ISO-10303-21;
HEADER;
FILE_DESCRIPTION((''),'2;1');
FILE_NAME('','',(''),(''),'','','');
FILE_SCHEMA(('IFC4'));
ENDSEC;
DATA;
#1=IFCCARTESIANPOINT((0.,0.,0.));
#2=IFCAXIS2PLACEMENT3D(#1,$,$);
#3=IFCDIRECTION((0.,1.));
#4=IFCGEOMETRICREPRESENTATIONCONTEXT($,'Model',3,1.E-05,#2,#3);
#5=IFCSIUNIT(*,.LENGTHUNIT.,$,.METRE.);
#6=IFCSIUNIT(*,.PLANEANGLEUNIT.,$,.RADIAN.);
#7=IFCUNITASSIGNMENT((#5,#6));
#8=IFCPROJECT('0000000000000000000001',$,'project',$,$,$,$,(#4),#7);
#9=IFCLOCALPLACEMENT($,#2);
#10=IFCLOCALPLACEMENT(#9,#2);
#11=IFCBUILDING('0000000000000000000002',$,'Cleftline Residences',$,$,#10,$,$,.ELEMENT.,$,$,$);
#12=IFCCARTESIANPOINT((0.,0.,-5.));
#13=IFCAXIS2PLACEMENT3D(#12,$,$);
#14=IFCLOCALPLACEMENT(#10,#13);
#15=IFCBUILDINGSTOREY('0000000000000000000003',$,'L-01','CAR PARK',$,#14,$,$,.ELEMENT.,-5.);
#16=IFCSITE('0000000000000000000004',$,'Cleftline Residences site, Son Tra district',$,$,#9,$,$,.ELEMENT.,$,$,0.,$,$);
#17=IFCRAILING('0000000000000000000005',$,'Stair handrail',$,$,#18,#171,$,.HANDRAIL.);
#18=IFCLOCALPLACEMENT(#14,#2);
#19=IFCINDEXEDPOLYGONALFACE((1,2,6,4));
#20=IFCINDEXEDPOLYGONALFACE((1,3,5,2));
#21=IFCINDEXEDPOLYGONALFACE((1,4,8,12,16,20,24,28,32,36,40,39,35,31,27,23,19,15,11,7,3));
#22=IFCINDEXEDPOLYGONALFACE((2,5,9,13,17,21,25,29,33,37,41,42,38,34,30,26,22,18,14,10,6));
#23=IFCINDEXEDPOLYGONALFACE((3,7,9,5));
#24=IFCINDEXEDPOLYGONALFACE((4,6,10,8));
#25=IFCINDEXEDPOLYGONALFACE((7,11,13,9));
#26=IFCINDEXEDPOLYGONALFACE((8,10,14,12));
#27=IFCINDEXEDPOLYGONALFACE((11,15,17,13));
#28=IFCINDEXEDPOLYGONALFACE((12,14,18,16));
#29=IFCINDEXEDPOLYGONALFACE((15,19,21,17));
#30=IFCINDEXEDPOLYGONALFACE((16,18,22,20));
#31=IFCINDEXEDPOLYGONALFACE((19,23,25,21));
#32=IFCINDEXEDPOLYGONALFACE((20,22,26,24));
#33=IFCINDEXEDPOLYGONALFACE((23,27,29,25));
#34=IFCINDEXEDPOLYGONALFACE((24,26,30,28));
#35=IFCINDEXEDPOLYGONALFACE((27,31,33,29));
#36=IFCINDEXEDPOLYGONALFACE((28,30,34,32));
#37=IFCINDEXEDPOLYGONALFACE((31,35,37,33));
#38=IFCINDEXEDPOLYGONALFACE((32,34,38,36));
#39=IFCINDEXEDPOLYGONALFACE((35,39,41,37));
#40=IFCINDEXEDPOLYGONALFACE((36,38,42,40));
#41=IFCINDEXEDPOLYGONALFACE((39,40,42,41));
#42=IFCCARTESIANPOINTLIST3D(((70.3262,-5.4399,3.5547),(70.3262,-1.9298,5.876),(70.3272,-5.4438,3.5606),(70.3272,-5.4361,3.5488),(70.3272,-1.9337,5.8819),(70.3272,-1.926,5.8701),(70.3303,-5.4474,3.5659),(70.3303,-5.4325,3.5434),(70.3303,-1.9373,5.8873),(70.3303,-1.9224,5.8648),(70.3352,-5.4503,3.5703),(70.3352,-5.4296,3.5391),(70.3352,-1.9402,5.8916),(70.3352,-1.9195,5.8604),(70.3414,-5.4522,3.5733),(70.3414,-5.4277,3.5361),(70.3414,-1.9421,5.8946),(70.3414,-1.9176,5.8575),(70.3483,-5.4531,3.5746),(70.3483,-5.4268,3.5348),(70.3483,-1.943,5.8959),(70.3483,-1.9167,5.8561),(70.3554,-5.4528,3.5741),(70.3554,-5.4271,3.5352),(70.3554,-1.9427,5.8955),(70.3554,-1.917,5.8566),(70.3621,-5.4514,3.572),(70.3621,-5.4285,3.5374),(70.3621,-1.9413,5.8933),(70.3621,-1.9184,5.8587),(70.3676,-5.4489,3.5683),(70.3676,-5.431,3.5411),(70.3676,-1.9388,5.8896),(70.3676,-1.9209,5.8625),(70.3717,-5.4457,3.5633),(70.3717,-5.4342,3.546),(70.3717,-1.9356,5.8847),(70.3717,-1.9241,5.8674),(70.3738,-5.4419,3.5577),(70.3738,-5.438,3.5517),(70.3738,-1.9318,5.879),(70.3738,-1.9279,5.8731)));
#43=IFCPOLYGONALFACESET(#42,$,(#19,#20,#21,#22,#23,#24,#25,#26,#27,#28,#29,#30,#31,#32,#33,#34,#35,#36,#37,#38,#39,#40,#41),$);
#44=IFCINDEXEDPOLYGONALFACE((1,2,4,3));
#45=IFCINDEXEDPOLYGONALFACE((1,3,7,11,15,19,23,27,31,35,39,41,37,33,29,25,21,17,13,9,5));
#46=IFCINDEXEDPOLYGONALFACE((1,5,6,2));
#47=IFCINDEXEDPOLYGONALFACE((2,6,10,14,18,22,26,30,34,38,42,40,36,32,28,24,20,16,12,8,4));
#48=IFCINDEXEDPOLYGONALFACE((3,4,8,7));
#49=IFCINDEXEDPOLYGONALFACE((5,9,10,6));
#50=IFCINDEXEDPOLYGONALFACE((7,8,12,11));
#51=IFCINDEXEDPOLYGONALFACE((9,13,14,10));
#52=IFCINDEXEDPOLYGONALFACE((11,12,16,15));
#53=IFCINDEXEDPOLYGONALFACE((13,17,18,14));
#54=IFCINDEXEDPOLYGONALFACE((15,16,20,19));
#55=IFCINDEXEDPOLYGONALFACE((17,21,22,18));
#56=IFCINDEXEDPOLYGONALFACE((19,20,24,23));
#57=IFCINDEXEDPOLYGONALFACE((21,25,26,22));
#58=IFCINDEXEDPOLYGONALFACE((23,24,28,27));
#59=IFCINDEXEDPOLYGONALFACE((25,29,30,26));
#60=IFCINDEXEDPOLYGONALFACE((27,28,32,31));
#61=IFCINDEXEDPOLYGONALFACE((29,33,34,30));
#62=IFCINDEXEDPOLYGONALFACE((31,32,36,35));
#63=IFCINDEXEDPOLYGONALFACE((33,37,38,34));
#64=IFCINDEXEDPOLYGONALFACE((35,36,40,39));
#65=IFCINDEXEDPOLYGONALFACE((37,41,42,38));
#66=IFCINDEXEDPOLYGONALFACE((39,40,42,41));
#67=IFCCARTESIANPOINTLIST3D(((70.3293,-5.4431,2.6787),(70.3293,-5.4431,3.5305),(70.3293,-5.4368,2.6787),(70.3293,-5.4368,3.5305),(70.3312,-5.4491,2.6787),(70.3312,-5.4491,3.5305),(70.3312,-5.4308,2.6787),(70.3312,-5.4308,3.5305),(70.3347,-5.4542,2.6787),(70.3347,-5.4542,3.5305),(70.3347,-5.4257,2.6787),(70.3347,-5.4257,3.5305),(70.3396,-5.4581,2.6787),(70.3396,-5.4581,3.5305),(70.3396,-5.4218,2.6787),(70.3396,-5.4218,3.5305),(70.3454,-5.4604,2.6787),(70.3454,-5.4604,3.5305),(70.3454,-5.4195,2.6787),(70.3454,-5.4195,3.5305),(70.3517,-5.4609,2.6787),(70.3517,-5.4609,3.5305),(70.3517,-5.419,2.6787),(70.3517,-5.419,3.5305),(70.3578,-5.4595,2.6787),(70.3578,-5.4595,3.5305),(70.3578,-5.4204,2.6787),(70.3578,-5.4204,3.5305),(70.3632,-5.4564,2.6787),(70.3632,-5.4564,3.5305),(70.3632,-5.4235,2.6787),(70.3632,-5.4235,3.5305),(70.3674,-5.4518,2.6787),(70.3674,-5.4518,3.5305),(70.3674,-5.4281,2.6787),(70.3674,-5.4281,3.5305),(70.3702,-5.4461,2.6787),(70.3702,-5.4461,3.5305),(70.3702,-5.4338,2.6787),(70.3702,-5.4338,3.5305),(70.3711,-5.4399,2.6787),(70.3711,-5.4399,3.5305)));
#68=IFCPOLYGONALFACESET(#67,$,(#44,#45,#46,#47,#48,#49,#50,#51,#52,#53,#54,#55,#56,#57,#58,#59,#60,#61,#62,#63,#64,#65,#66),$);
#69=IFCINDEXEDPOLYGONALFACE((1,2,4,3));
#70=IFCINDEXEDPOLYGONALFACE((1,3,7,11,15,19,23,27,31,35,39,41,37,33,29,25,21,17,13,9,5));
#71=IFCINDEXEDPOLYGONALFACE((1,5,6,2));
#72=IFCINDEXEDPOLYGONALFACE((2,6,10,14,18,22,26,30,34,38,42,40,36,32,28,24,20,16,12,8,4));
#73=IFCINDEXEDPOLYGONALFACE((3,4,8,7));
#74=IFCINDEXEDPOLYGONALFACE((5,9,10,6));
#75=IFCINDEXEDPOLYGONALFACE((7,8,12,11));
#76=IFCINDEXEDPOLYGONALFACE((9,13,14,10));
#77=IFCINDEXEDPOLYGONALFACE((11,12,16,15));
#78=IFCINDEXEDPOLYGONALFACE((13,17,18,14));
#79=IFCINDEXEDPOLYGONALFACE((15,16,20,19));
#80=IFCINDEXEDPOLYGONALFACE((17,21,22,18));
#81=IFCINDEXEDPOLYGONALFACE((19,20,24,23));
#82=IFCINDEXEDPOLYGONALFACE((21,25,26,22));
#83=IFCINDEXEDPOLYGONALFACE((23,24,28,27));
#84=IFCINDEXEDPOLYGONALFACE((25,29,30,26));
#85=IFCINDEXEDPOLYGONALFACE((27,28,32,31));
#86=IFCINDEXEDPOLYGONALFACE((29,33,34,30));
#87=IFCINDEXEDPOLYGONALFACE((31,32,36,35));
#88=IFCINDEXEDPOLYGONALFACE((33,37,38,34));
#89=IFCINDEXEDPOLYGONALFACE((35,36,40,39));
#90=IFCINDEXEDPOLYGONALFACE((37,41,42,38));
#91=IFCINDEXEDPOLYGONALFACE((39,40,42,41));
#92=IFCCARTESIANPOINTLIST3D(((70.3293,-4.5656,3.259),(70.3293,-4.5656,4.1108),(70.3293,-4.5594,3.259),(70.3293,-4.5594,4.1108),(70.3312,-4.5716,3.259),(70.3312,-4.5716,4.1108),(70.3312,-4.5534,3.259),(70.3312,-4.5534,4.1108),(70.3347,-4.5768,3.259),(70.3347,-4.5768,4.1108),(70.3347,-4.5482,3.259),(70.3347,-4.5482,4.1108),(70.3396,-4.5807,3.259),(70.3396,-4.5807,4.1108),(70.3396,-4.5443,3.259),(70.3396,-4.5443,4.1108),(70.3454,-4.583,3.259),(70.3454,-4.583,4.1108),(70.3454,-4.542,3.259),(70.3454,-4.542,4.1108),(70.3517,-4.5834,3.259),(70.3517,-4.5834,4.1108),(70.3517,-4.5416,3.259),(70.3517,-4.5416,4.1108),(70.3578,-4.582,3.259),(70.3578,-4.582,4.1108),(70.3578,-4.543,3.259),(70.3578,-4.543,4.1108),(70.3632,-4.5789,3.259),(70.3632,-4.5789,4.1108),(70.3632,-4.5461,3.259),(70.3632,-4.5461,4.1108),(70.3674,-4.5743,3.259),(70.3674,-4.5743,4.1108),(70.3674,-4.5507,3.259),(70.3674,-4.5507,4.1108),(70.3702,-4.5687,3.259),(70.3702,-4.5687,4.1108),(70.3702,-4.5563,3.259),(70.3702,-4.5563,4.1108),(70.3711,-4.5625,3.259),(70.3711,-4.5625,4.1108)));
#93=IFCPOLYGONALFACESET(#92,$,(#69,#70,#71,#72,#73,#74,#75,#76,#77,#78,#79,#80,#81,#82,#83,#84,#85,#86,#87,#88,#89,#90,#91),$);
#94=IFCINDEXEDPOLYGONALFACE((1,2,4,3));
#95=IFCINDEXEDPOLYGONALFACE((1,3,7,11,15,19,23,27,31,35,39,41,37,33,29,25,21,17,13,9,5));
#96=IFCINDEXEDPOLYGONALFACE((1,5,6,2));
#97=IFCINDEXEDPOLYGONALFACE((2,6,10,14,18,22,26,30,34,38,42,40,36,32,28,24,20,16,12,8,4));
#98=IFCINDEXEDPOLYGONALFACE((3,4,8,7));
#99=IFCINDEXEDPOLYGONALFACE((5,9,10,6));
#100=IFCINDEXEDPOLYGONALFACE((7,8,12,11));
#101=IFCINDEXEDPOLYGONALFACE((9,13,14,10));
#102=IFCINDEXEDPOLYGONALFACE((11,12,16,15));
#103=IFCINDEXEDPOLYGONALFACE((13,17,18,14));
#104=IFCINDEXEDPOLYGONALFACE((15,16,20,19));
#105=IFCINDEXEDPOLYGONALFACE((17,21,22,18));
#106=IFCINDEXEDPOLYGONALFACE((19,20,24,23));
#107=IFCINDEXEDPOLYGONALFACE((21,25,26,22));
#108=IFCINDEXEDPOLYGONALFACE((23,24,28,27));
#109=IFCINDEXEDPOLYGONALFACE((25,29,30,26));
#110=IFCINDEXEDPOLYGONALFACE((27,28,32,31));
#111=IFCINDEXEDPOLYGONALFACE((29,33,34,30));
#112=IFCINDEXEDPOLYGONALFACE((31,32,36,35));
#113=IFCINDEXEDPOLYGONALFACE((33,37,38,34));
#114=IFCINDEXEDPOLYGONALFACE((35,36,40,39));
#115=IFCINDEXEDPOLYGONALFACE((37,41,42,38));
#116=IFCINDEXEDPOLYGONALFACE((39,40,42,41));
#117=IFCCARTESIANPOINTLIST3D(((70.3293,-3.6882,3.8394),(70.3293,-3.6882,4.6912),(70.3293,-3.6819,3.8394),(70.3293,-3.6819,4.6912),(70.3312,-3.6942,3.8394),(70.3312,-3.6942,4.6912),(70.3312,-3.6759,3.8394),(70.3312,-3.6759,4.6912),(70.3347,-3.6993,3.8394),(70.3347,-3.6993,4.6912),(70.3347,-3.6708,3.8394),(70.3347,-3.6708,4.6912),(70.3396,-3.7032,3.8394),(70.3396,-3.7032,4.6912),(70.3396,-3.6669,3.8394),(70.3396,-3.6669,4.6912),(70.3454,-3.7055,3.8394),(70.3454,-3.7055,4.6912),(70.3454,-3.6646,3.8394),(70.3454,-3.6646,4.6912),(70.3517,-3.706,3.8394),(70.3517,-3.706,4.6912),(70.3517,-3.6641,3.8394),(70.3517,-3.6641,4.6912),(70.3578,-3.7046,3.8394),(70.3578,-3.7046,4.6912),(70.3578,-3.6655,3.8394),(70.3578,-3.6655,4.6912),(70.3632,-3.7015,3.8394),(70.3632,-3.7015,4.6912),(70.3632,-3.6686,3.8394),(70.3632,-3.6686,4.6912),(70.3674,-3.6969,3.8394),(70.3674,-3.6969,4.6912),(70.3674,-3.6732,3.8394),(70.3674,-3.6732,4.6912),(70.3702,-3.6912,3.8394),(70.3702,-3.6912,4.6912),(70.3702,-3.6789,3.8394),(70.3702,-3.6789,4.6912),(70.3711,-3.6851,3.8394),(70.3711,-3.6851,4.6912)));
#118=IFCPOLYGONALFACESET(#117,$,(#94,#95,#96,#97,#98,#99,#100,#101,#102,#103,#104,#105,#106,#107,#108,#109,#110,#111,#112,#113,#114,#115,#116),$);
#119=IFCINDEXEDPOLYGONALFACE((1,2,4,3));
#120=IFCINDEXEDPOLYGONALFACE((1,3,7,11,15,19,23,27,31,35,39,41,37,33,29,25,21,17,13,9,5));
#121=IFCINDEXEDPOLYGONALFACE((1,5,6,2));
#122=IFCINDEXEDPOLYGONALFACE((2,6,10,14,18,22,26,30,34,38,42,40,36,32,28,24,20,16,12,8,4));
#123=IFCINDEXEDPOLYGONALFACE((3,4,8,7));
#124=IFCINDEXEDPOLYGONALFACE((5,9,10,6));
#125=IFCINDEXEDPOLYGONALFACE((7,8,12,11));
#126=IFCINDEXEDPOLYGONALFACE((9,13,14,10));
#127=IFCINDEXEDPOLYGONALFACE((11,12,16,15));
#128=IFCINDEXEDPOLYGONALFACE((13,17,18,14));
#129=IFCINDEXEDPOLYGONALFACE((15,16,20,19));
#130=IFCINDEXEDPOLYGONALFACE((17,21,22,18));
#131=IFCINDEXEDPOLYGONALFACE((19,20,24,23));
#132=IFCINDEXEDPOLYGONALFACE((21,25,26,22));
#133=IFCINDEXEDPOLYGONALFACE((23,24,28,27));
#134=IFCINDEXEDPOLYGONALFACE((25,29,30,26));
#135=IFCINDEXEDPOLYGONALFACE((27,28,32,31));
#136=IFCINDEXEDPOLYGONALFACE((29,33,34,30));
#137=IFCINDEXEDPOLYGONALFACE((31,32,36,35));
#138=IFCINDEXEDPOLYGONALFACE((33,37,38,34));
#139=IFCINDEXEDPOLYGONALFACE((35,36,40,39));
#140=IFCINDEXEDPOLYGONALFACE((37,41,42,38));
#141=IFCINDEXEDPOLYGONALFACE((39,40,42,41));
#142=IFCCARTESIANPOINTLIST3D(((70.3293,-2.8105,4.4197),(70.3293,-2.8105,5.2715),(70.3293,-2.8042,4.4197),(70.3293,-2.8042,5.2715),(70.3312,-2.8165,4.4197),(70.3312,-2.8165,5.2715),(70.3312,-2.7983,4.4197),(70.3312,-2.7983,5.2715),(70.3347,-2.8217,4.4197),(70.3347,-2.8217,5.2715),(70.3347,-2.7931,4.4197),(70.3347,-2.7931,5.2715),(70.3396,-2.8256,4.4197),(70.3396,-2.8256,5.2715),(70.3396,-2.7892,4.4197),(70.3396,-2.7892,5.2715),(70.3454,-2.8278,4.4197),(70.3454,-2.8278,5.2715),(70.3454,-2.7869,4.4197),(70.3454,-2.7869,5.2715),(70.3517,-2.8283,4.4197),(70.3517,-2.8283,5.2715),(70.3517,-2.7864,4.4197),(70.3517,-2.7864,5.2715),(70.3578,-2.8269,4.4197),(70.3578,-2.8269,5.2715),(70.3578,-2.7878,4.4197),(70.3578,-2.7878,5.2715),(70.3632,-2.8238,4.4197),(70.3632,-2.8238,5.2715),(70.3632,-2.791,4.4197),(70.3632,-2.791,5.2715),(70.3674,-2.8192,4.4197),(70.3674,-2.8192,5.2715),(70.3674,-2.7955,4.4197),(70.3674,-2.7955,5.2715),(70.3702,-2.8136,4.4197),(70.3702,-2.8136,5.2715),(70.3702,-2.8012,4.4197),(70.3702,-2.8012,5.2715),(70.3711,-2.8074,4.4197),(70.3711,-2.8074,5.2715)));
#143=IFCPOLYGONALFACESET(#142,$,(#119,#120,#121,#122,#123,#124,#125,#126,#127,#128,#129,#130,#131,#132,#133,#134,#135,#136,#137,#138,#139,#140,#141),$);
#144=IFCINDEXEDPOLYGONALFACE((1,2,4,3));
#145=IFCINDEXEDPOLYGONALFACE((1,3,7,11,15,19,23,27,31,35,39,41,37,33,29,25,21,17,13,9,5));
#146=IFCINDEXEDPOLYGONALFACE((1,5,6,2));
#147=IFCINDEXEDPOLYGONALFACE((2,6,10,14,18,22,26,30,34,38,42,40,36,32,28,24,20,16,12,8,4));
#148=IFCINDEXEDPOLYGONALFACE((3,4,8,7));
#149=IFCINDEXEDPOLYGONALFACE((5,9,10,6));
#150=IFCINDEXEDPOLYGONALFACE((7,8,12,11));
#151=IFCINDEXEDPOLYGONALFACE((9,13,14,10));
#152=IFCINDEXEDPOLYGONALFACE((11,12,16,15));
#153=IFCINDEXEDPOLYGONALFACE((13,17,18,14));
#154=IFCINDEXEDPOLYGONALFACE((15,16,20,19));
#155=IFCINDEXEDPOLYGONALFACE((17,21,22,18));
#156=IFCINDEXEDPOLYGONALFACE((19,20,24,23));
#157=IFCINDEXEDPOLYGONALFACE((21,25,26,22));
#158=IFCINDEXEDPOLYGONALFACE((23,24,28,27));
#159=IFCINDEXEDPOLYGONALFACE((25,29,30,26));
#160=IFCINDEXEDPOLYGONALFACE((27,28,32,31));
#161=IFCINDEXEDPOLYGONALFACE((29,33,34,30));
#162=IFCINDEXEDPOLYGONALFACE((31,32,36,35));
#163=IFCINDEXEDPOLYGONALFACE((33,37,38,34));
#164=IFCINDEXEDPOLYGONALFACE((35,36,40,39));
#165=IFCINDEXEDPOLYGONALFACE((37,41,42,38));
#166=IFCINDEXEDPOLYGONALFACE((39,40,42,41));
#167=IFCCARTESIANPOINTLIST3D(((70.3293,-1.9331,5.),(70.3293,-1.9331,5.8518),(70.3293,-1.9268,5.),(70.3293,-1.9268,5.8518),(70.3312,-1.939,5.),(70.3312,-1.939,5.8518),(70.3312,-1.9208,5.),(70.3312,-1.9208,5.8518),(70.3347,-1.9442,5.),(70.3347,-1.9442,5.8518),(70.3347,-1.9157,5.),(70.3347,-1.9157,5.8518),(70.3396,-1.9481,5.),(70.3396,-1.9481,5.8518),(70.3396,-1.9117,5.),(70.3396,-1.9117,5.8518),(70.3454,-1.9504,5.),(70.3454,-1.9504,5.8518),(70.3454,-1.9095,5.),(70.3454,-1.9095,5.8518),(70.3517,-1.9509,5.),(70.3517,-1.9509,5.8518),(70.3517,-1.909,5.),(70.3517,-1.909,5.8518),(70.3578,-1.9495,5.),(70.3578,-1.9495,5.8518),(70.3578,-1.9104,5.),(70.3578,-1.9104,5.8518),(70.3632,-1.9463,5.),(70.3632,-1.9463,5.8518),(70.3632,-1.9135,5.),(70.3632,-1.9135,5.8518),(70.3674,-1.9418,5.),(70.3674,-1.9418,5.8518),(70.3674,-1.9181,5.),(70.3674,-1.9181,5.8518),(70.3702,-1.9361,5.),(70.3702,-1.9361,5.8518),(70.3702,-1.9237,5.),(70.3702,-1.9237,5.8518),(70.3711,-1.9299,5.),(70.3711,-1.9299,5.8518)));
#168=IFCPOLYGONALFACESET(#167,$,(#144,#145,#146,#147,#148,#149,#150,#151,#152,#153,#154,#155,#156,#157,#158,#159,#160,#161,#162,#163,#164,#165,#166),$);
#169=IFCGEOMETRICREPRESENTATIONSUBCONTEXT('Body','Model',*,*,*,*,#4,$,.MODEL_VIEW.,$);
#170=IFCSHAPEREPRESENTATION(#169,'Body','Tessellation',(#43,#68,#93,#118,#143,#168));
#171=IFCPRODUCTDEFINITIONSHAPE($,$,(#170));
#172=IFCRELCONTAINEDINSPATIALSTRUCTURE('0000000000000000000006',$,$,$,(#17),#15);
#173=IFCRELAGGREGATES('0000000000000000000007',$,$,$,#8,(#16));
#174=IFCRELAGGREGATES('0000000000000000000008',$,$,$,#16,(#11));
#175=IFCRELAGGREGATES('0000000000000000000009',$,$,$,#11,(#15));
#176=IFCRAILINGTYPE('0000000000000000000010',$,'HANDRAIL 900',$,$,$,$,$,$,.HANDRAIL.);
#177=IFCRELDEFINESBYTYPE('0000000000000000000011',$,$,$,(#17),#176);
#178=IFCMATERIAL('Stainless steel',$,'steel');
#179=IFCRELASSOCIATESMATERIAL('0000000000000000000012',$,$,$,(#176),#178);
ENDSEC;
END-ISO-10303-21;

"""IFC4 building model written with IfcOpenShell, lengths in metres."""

from ifc_helpers import new_model, si_unit, direction, frame, origin, origin_2d, place, context, subcontext, project, spatial, circle, extrude, material, type_object, element, save


model = new_model("IFC4")

# Units and contexts
model_context = context("Model", 3, precision=1e-05, world=origin(), true_north=direction((0.0, 1.0)))
body_context = subcontext(model_context, "Body", "Model", "MODEL_VIEW")
ifc_project = project(units=[si_unit("LENGTHUNIT", "METRE"), si_unit("PLANEANGLEUNIT", "RADIAN")], contexts=[model_context])

# Site, building, storey
site_placement = place(None, origin())
site = spatial("IfcSite", under=ifc_project, at=site_placement, Name="Cleftline Residences site, Son Tra district", CompositionType="ELEMENT", RefElevation=0.0)
building_placement = place(site_placement, origin())
building = spatial("IfcBuilding", under=site, at=building_placement, Name="Cleftline Residences", CompositionType="ELEMENT")
storey_placement = place(building_placement, frame((0.0, 0.0, -5.0)))
storey = spatial("IfcBuildingStorey", under=building, at=storey_placement, Name="L-01", Description="CAR PARK", CompositionType="ELEMENT", Elevation=-5.0)

# Railing
ifc_material_1 = material(Name="Stainless steel", Category="steel")
railing_type = type_object("IfcRailingType", Name="HANDRAIL 900", PredefinedType="HANDRAIL", material=ifc_material_1)
railing_1_placement = place(storey_placement, frame((70.3501, -5.4399, 2.6787)))
element("IfcRailing", 1, at=railing_1_placement, inside=storey, type_object=railing_type, Name="Stair handrail", PredefinedType="HANDRAIL", context=body_context, shape_type="SweptSolid", body=[
    extrude(circle(Radius=0.0239, at=origin_2d()), frame((0.0, 0.0, 0.876), z_axis=(0.0, 0.834097, 0.551617), x_axis=(-1.0, 0.0, 0.0)), (0.0, 0.0, 1.0), 4.2083),
    extrude(circle(Radius=0.021, at=origin_2d()), origin(), (0.0, 0.0, 1.0), 0.8518),
    extrude(circle(Radius=0.021, at=origin_2d()), frame((0.0, 0.8774, 0.5803)), (0.0, 0.0, 1.0), 0.8518),
    extrude(circle(Radius=0.021, at=origin_2d()), frame((0.0, 1.7549, 1.1606)), (0.0, 0.0, 1.0), 0.8518),
    extrude(circle(Radius=0.021, at=origin_2d()), frame((0.0, 2.6326, 1.741)), (0.0, 0.0, 1.0), 0.8518),
    extrude(circle(Radius=0.021, at=origin_2d()), frame((0.0, 3.51, 2.3213)), (0.0, 0.0, 1.0), 0.8518),
])

save(model, "model.ifc")
